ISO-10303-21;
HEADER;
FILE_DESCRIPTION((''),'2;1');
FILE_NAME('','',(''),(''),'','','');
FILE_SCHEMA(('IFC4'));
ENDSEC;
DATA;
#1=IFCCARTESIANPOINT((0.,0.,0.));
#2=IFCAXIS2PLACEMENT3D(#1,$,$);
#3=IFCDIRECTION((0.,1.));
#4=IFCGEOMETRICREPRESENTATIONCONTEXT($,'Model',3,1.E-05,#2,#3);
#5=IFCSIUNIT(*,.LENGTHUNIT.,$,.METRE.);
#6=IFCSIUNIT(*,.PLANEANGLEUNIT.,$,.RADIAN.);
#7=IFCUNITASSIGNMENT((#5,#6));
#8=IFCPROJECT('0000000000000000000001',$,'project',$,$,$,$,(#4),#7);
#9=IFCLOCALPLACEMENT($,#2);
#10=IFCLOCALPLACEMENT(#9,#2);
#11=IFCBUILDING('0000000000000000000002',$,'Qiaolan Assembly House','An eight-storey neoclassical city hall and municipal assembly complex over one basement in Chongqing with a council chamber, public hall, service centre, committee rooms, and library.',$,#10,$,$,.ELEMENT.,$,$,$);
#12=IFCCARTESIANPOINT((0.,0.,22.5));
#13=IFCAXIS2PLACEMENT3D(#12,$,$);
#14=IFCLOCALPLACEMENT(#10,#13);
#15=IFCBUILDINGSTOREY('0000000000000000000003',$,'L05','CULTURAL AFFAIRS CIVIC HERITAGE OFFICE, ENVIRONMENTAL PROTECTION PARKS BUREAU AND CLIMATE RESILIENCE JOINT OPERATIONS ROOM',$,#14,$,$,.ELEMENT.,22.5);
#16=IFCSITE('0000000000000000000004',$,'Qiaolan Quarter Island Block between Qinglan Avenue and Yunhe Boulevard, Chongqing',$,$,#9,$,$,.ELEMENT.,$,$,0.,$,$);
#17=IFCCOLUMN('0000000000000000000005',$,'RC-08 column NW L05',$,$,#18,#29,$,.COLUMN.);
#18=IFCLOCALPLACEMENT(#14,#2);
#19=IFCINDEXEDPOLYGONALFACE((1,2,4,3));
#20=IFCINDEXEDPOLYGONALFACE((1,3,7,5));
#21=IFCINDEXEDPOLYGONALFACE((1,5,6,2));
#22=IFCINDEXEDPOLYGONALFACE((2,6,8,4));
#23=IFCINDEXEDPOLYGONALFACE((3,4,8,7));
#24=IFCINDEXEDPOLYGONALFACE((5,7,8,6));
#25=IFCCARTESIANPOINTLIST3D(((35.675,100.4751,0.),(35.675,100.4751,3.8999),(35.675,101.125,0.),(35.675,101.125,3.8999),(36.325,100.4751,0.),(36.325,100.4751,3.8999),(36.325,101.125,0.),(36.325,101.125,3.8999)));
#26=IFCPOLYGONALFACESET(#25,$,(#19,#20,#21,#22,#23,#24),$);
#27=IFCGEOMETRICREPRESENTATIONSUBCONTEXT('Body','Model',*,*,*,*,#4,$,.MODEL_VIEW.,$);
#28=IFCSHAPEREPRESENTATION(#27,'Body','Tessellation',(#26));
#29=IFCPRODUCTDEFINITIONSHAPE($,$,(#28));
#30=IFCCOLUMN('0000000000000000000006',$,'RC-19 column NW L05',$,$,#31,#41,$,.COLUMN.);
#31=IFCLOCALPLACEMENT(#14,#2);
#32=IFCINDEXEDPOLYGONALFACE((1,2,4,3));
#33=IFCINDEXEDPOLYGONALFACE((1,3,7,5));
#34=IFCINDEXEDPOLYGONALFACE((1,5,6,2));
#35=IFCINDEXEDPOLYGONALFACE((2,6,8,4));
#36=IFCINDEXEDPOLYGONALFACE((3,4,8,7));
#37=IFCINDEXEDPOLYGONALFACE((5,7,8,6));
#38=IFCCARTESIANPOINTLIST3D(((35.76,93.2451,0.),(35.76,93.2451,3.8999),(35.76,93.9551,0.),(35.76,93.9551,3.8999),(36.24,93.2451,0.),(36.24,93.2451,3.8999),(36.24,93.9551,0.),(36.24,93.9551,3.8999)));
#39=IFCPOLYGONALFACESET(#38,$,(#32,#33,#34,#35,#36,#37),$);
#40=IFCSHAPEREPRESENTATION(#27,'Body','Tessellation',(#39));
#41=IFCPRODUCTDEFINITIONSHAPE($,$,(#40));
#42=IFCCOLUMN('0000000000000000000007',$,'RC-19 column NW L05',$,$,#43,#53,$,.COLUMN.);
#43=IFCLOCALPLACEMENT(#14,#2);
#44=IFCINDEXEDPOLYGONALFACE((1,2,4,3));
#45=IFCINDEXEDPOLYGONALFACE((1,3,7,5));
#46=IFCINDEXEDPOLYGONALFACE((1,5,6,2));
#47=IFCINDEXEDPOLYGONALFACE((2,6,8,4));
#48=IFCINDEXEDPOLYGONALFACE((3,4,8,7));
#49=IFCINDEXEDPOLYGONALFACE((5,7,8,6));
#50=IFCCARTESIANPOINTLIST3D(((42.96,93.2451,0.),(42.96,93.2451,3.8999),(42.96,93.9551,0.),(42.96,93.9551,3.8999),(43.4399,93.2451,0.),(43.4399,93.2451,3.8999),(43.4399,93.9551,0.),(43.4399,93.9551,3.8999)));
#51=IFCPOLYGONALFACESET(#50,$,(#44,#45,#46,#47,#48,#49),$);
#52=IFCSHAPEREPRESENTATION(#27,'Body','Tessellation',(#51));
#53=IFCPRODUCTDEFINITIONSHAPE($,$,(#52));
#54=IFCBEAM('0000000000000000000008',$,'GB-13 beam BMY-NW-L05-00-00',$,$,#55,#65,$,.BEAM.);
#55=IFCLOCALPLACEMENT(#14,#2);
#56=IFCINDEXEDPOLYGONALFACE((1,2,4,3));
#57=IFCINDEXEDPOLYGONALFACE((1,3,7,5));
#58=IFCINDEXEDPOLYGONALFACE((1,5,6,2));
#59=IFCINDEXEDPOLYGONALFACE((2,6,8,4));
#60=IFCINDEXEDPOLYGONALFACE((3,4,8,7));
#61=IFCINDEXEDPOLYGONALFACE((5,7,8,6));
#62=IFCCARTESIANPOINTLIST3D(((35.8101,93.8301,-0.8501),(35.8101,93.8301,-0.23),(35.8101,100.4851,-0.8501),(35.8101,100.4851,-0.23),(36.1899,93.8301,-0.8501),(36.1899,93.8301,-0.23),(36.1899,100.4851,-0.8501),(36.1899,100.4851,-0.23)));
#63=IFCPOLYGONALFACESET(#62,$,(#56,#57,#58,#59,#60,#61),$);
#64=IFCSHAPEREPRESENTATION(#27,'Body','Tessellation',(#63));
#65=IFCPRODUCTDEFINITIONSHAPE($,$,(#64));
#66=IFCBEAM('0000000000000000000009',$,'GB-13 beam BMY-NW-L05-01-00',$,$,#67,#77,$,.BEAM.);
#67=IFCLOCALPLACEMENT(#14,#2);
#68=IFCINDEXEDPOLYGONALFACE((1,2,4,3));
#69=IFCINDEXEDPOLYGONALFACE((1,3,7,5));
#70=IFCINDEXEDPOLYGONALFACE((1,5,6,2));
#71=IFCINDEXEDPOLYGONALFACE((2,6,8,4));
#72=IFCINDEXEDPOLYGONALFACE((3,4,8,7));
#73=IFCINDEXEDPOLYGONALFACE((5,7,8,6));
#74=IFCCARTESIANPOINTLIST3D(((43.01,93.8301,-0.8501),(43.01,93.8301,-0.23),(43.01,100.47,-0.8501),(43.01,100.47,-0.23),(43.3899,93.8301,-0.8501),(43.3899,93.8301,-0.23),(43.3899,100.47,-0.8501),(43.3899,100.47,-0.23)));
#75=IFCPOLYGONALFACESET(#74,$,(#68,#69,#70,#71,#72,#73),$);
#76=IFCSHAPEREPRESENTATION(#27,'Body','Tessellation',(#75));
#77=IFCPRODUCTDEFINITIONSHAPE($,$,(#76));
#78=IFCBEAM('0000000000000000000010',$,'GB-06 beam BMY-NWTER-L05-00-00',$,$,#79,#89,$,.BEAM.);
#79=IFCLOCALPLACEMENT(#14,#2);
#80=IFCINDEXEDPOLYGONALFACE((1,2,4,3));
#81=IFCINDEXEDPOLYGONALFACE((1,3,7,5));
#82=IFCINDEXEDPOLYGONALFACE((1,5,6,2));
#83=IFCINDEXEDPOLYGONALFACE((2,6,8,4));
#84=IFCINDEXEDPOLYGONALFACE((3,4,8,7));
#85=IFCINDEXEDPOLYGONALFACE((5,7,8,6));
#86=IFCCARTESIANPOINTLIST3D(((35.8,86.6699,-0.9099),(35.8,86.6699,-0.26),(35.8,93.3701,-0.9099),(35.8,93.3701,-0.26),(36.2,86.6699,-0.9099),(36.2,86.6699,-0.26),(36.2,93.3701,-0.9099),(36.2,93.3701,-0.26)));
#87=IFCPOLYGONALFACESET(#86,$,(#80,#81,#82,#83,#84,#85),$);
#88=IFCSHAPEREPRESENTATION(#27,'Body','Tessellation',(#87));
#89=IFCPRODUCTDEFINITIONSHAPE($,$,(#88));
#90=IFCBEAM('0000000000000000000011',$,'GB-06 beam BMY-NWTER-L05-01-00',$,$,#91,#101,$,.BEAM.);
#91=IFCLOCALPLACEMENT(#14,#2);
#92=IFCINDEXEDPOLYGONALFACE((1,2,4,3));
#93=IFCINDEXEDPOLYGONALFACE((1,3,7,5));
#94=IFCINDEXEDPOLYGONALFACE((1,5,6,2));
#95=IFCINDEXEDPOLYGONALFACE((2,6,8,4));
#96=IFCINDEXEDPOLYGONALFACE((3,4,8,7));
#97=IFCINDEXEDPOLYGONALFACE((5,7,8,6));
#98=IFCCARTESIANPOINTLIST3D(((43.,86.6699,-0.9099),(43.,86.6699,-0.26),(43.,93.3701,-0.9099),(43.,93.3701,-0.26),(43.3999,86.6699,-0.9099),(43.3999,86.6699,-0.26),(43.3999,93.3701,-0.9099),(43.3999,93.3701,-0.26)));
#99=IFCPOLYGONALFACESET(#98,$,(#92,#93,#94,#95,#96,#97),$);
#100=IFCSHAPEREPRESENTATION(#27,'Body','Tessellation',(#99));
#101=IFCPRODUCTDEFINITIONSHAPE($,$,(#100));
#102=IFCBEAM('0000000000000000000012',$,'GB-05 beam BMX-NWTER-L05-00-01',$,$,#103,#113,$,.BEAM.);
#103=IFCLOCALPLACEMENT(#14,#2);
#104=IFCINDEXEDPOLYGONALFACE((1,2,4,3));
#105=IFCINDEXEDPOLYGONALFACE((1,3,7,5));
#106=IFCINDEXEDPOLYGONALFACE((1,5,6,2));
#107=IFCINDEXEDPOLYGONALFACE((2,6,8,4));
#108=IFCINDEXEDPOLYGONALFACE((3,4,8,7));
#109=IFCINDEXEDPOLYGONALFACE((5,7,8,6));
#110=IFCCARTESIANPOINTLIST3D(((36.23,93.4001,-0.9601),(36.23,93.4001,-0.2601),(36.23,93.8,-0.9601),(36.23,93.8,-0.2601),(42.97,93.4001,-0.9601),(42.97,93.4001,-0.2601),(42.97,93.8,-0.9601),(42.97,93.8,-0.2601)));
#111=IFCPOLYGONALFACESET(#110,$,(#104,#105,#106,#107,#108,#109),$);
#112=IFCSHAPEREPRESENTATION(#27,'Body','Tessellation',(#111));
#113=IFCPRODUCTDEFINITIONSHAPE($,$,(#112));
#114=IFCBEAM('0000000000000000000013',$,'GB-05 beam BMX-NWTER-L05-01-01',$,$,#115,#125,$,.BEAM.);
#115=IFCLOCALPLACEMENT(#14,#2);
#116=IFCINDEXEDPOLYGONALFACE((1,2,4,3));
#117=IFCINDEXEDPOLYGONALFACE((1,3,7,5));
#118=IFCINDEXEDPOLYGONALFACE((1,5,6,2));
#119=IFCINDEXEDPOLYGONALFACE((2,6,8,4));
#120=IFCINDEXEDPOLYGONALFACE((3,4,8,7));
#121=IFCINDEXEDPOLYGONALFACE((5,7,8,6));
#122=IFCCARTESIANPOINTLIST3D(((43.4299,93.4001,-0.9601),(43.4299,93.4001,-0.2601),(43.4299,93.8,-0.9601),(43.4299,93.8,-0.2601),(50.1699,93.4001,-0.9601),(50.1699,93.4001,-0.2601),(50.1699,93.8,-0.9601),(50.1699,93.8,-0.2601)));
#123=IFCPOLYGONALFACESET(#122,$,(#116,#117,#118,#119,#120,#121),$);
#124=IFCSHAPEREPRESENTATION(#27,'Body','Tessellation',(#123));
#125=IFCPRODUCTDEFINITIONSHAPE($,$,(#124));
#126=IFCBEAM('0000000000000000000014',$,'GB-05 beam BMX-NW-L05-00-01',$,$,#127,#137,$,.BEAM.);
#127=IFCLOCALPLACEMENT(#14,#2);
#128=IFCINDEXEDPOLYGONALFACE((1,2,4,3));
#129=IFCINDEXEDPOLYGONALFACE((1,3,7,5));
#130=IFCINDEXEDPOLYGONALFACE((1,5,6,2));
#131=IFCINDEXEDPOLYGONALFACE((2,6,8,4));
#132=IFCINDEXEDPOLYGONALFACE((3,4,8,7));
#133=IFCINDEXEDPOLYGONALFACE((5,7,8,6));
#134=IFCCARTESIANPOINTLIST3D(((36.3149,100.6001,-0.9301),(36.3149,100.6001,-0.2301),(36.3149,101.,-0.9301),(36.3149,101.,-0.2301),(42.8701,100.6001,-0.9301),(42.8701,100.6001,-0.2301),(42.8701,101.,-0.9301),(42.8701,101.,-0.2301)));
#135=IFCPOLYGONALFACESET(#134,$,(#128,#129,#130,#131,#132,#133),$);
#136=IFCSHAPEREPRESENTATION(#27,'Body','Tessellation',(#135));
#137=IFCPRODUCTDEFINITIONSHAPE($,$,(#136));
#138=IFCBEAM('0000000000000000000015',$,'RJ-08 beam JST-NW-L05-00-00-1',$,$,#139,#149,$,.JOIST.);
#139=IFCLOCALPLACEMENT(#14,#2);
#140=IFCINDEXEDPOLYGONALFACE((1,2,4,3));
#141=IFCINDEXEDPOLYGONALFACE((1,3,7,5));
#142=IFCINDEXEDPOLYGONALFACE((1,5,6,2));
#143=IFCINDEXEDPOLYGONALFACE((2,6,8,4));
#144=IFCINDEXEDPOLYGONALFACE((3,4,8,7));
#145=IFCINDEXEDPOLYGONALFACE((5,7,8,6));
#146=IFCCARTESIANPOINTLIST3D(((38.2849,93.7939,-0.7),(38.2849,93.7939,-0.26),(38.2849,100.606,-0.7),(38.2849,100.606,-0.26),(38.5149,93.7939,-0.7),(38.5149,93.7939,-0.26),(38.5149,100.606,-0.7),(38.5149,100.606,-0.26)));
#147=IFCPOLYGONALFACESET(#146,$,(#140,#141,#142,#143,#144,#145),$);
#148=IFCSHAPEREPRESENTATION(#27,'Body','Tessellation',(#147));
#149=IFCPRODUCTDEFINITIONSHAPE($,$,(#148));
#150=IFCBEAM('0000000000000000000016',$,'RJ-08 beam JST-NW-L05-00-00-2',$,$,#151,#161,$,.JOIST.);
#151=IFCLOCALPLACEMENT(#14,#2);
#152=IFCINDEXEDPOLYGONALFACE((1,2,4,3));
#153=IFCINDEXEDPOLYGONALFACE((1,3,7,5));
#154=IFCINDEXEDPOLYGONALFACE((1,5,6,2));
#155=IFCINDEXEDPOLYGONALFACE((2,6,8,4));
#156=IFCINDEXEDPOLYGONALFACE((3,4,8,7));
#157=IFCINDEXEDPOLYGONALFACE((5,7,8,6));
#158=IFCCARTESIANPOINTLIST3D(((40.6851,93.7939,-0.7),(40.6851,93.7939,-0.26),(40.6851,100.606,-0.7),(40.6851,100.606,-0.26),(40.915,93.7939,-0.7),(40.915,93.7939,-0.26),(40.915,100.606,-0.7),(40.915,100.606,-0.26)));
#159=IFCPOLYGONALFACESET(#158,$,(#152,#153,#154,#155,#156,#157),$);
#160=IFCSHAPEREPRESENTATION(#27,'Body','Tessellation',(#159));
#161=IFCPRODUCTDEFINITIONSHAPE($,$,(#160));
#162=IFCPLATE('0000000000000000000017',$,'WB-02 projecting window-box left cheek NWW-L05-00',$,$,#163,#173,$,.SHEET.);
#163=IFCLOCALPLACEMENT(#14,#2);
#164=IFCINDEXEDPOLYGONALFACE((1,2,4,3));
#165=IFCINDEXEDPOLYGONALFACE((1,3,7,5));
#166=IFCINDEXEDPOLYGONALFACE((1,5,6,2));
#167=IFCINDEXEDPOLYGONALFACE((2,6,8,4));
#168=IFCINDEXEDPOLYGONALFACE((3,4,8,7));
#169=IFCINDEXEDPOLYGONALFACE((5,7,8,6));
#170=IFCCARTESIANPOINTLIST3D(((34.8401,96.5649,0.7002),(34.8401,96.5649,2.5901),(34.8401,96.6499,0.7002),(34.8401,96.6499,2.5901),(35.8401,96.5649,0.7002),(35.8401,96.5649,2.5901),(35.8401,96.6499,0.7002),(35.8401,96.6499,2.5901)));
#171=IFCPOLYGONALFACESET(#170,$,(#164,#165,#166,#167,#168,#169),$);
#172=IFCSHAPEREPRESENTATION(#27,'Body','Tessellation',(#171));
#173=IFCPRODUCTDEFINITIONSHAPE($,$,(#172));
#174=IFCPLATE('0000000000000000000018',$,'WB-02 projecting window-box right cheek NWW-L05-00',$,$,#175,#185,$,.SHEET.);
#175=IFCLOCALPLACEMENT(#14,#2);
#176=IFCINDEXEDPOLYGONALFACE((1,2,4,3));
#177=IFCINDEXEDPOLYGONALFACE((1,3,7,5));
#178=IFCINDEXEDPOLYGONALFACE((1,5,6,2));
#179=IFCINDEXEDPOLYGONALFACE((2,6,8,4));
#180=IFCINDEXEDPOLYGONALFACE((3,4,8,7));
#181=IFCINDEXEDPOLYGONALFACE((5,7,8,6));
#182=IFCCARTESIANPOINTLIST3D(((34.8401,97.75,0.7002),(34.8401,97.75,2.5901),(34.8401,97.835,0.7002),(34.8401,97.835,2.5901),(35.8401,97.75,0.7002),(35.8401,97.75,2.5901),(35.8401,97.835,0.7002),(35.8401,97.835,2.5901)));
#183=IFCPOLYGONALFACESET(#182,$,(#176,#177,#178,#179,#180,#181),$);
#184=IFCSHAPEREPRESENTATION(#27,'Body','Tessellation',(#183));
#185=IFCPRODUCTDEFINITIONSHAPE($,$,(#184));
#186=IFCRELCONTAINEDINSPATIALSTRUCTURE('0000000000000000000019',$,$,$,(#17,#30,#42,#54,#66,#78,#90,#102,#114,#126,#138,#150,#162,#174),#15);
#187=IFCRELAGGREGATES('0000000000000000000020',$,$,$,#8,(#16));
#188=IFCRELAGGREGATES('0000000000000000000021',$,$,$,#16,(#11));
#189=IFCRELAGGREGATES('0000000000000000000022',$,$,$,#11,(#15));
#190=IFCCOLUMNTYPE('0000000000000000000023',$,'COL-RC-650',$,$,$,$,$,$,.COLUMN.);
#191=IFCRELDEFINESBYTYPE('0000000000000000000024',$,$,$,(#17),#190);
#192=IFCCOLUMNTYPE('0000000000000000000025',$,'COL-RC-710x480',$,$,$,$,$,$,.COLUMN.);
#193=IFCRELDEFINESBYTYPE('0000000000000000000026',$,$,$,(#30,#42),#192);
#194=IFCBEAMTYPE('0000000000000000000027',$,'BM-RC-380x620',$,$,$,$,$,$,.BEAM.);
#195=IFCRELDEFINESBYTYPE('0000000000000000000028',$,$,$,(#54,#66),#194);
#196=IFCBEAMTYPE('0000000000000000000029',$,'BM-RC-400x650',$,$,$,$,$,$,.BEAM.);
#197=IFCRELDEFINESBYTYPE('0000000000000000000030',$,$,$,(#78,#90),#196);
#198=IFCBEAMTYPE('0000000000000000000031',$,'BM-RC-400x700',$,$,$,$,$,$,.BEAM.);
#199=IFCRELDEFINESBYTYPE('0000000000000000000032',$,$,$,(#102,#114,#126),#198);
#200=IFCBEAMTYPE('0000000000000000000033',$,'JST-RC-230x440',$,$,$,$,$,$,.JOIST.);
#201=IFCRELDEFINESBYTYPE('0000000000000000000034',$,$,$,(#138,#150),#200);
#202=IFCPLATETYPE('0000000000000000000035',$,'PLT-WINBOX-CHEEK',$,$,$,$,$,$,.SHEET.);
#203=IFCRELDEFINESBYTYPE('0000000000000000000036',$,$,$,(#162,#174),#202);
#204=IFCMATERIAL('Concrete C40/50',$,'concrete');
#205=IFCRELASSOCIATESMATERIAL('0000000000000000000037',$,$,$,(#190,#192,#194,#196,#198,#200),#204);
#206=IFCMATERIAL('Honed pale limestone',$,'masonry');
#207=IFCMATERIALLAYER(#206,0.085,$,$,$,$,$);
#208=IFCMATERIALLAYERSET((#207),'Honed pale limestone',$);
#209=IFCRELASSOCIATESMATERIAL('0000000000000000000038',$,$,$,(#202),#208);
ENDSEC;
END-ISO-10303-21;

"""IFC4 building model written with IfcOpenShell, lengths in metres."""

from ifc_helpers import new_model, si_unit, direction, frame, origin, origin_2d, place, context, subcontext, project, spatial, rectangle, extrude, material, layer, layer_set, material_profile, profile_set, type_object, element, save


model = new_model("IFC4")

# Units and contexts
model_context = context("Model", 3, precision=1e-05, world=origin(), true_north=direction((0.0, 1.0)))
body_context = subcontext(model_context, "Body", "Model", "MODEL_VIEW")
ifc_project = project(units=[si_unit("LENGTHUNIT", "METRE"), si_unit("PLANEANGLEUNIT", "RADIAN")], contexts=[model_context])

# Site, building, storey
site_placement = place(None, origin())
site = spatial("IfcSite", under=ifc_project, at=site_placement, Name="Qiaolan Quarter Island Block between Qinglan Avenue and Yunhe Boulevard, Chongqing", CompositionType="ELEMENT", RefElevation=0.0)
building_placement = place(site_placement, origin())
building = spatial("IfcBuilding", under=site, at=building_placement, Name="Qiaolan Assembly House", Description="An eight-storey neoclassical city hall and municipal assembly complex over one basement in Chongqing with a council chamber, public hall, service centre, committee rooms, and library.", CompositionType="ELEMENT")
storey_placement = place(building_placement, frame((0.0, 0.0, 22.5)))
storey = spatial("IfcBuildingStorey", under=building, at=storey_placement, Name="L05", Description="CULTURAL AFFAIRS CIVIC HERITAGE OFFICE, ENVIRONMENTAL PROTECTION PARKS BUREAU AND CLIMATE RESILIENCE JOINT OPERATIONS ROOM", CompositionType="ELEMENT", Elevation=22.5)

# Columns
ifc_material_1 = material(Name="Concrete C40/50", Category="concrete")
ifc_material_profile_1 = material_profile(ifc_material_1, rectangle(XDim=0.6499, YDim=0.6499, at=origin_2d()), Name="RC 650x650")
ifc_profile_set_1 = profile_set([ifc_material_profile_1], Name="Concrete C40/50")
column_type_1 = type_object("IfcColumnType", Name="COL-RC-650", PredefinedType="COLUMN", material=ifc_profile_set_1)
column_placement = place(storey_placement, frame((36.0, 100.8, 0.0), z_axis=(0.0, 0.0, 1.0), x_axis=(1.0, 0.0, 0.0)))
element("IfcColumn", 1, at=column_placement, inside=storey, type_object=column_type_1, Name="RC-08 column NW L05", PredefinedType="COLUMN", context=body_context, shape_type="SweptSolid", body=[
    extrude(rectangle(XDim=0.6499, YDim=0.6499, at=origin_2d()), origin(), (0.0, 0.0, 1.0), 3.8999),
])
ifc_material_profile_2 = material_profile(ifc_material_1, rectangle(XDim=0.48, YDim=0.71, at=origin_2d()), Name="RC 710x480")
ifc_profile_set_2 = profile_set([ifc_material_profile_2], Name="Concrete C40/50")
column_type_2 = type_object("IfcColumnType", Name="COL-RC-710x480", PredefinedType="COLUMN", material=ifc_profile_set_2)
for number, where, z_axis, x_axis, name in (
    (2, (36.0, 93.6001, 0.0), (0.0, 0.0, 1.0), (1.0, 0.0, 0.0), "RC-19 column NW L05"),
    (3, (43.2, 93.6001, 0.0), (0.0, 0.0, 1.0), (1.0, 0.0, 0.0), "RC-19 column NW L05"),
):
    element("IfcColumn", number, at=place(storey_placement, frame(where, z_axis=z_axis, x_axis=x_axis)), inside=storey, type_object=column_type_2, Name=name, PredefinedType="COLUMN", context=body_context, shape_type="SweptSolid", body=[
        extrude(rectangle(XDim=0.48, YDim=0.71, at=origin_2d()), origin(), (0.0, 0.0, 1.0), 3.8999),
    ])

# Beams
ifc_material_profile_3 = material_profile(ifc_material_1, rectangle(XDim=0.3799, YDim=0.6201, at=origin_2d()), Name="RCB 380x620")
ifc_profile_set_3 = profile_set([ifc_material_profile_3], Name="Concrete C40/50")
beam_type_1 = type_object("IfcBeamType", Name="BM-RC-380x620", PredefinedType="BEAM", material=ifc_profile_set_3)
beam_1_placement = place(storey_placement, frame((36.0, 93.8301, -0.54), z_axis=(0.0, 1.0, 0.0), x_axis=(-1.0, 0.0, 0.0)))
element("IfcBeam", 4, at=beam_1_placement, inside=storey, type_object=beam_type_1, Name="GB-13 beam BMY-NW-L05-00-00", PredefinedType="BEAM", context=body_context, shape_type="SweptSolid", body=[
    extrude(rectangle(XDim=0.3799, YDim=0.6201, at=origin_2d()), origin(), (0.0, 0.0, 1.0), 6.655),
])
beam_2_placement = place(storey_placement, frame((43.2, 93.8301, -0.54), z_axis=(0.0, 1.0, 0.0), x_axis=(-1.0, 0.0, 0.0)))
element("IfcBeam", 5, at=beam_2_placement, inside=storey, type_object=beam_type_1, Name="GB-13 beam BMY-NW-L05-01-00", PredefinedType="BEAM", context=body_context, shape_type="SweptSolid", body=[
    extrude(rectangle(XDim=0.3799, YDim=0.6201, at=origin_2d()), origin(), (0.0, 0.0, 1.0), 6.6399),
])
ifc_material_profile_4 = material_profile(ifc_material_1, rectangle(XDim=0.3999, YDim=0.6499, at=origin_2d()), Name="RCB 400x650")
ifc_profile_set_4 = profile_set([ifc_material_profile_4], Name="Concrete C40/50")
beam_type_2 = type_object("IfcBeamType", Name="BM-RC-400x650", PredefinedType="BEAM", material=ifc_profile_set_4)
for number, where, z_axis, x_axis, name in (
    (6, (36.0, 86.6699, -0.585), (0.0, 1.0, 0.0), (-1.0, 0.0, 0.0), "GB-06 beam BMY-NWTER-L05-00-00"),
    (7, (43.2, 86.6699, -0.585), (0.0, 1.0, 0.0), (-1.0, 0.0, 0.0), "GB-06 beam BMY-NWTER-L05-01-00"),
):
    element("IfcBeam", number, at=place(storey_placement, frame(where, z_axis=z_axis, x_axis=x_axis)), inside=storey, type_object=beam_type_2, Name=name, PredefinedType="BEAM", context=body_context, shape_type="SweptSolid", body=[
        extrude(rectangle(XDim=0.3999, YDim=0.6499, at=origin_2d()), origin(), (0.0, 0.0, 1.0), 6.7002),
    ])
ifc_material_profile_5 = material_profile(ifc_material_1, rectangle(XDim=0.3999, YDim=0.7, at=origin_2d()), Name="RCB 400x700")
ifc_profile_set_5 = profile_set([ifc_material_profile_5], Name="Concrete C40/50")
beam_type_3 = type_object("IfcBeamType", Name="BM-RC-400x700", PredefinedType="BEAM", material=ifc_profile_set_5)
for number, where, z_axis, x_axis, name in (
    (8, (36.23, 93.6001, -0.6101), (1.0, 0.0, 0.0), (0.0, 1.0, 0.0), "GB-05 beam BMX-NWTER-L05-00-01"),
    (9, (43.4299, 93.6001, -0.6101), (1.0, 0.0, 0.0), (0.0, 1.0, 0.0), "GB-05 beam BMX-NWTER-L05-01-01"),
):
    element("IfcBeam", number, at=place(storey_placement, frame(where, z_axis=z_axis, x_axis=x_axis)), inside=storey, type_object=beam_type_3, Name=name, PredefinedType="BEAM", context=body_context, shape_type="SweptSolid", body=[
        extrude(rectangle(XDim=0.3999, YDim=0.7, at=origin_2d()), origin(), (0.0, 0.0, 1.0), 6.74),
    ])
beam_3_placement = place(storey_placement, frame((36.3149, 100.8, -0.5801), z_axis=(1.0, 0.0, 0.0), x_axis=(0.0, 1.0, 0.0)))
element("IfcBeam", 10, at=beam_3_placement, inside=storey, type_object=beam_type_3, Name="GB-05 beam BMX-NW-L05-00-01", PredefinedType="BEAM", context=body_context, shape_type="SweptSolid", body=[
    extrude(rectangle(XDim=0.3999, YDim=0.7, at=origin_2d()), origin(), (0.0, 0.0, 1.0), 6.5552),
])
ifc_material_profile_6 = material_profile(ifc_material_1, rectangle(XDim=0.23, YDim=0.4399, at=origin_2d()), Name="RCB 230x440")
ifc_profile_set_6 = profile_set([ifc_material_profile_6], Name="Concrete C40/50")
beam_type_4 = type_object("IfcBeamType", Name="JST-RC-230x440", PredefinedType="JOIST", material=ifc_profile_set_6)
for number, where, z_axis, x_axis, name in (
    (11, (38.3999, 93.7939, -0.48), (0.0, 1.0, 0.0), (-1.0, 0.0, 0.0), "RJ-08 beam JST-NW-L05-00-00-1"),
    (12, (40.8, 93.7939, -0.48), (0.0, 1.0, 0.0), (-1.0, 0.0, 0.0), "RJ-08 beam JST-NW-L05-00-00-2"),
):
    element("IfcBeam", number, at=place(storey_placement, frame(where, z_axis=z_axis, x_axis=x_axis)), inside=storey, type_object=beam_type_4, Name=name, PredefinedType="JOIST", context=body_context, shape_type="SweptSolid", body=[
        extrude(rectangle(XDim=0.23, YDim=0.4399, at=origin_2d()), origin(), (0.0, 0.0, 1.0), 6.812),
    ])

# Plates
ifc_material_2 = material(Name="Honed pale limestone", Category="masonry")
ifc_layer_1 = layer(ifc_material_2, 0.085)
ifc_layer_set_1 = layer_set([ifc_layer_1], Name="Honed pale limestone")
plate_type = type_object("IfcPlateType", Name="PLT-WINBOX-CHEEK", PredefinedType="SHEET", material=ifc_layer_set_1)
for number, where, z_axis, x_axis, name in (
    (13, (35.3401, 96.6074, 0.7002), (0.0, 0.0, 1.0), (1.0, 0.0, 0.0), "WB-02 projecting window-box left cheek NWW-L05-00"),
    (14, (35.3401, 97.7925, 0.7002), (0.0, 0.0, 1.0), (1.0, 0.0, 0.0), "WB-02 projecting window-box right cheek NWW-L05-00"),
):
    element("IfcPlate", number, at=place(storey_placement, frame(where, z_axis=z_axis, x_axis=x_axis)), inside=storey, type_object=plate_type, Name=name, PredefinedType="SHEET", context=body_context, shape_type="SweptSolid", body=[
        extrude(rectangle(XDim=1.0, YDim=0.085, at=origin_2d()), origin(), (0.0, 0.0, 1.0), 1.8899),
    ])

save(model, "model.ifc")
